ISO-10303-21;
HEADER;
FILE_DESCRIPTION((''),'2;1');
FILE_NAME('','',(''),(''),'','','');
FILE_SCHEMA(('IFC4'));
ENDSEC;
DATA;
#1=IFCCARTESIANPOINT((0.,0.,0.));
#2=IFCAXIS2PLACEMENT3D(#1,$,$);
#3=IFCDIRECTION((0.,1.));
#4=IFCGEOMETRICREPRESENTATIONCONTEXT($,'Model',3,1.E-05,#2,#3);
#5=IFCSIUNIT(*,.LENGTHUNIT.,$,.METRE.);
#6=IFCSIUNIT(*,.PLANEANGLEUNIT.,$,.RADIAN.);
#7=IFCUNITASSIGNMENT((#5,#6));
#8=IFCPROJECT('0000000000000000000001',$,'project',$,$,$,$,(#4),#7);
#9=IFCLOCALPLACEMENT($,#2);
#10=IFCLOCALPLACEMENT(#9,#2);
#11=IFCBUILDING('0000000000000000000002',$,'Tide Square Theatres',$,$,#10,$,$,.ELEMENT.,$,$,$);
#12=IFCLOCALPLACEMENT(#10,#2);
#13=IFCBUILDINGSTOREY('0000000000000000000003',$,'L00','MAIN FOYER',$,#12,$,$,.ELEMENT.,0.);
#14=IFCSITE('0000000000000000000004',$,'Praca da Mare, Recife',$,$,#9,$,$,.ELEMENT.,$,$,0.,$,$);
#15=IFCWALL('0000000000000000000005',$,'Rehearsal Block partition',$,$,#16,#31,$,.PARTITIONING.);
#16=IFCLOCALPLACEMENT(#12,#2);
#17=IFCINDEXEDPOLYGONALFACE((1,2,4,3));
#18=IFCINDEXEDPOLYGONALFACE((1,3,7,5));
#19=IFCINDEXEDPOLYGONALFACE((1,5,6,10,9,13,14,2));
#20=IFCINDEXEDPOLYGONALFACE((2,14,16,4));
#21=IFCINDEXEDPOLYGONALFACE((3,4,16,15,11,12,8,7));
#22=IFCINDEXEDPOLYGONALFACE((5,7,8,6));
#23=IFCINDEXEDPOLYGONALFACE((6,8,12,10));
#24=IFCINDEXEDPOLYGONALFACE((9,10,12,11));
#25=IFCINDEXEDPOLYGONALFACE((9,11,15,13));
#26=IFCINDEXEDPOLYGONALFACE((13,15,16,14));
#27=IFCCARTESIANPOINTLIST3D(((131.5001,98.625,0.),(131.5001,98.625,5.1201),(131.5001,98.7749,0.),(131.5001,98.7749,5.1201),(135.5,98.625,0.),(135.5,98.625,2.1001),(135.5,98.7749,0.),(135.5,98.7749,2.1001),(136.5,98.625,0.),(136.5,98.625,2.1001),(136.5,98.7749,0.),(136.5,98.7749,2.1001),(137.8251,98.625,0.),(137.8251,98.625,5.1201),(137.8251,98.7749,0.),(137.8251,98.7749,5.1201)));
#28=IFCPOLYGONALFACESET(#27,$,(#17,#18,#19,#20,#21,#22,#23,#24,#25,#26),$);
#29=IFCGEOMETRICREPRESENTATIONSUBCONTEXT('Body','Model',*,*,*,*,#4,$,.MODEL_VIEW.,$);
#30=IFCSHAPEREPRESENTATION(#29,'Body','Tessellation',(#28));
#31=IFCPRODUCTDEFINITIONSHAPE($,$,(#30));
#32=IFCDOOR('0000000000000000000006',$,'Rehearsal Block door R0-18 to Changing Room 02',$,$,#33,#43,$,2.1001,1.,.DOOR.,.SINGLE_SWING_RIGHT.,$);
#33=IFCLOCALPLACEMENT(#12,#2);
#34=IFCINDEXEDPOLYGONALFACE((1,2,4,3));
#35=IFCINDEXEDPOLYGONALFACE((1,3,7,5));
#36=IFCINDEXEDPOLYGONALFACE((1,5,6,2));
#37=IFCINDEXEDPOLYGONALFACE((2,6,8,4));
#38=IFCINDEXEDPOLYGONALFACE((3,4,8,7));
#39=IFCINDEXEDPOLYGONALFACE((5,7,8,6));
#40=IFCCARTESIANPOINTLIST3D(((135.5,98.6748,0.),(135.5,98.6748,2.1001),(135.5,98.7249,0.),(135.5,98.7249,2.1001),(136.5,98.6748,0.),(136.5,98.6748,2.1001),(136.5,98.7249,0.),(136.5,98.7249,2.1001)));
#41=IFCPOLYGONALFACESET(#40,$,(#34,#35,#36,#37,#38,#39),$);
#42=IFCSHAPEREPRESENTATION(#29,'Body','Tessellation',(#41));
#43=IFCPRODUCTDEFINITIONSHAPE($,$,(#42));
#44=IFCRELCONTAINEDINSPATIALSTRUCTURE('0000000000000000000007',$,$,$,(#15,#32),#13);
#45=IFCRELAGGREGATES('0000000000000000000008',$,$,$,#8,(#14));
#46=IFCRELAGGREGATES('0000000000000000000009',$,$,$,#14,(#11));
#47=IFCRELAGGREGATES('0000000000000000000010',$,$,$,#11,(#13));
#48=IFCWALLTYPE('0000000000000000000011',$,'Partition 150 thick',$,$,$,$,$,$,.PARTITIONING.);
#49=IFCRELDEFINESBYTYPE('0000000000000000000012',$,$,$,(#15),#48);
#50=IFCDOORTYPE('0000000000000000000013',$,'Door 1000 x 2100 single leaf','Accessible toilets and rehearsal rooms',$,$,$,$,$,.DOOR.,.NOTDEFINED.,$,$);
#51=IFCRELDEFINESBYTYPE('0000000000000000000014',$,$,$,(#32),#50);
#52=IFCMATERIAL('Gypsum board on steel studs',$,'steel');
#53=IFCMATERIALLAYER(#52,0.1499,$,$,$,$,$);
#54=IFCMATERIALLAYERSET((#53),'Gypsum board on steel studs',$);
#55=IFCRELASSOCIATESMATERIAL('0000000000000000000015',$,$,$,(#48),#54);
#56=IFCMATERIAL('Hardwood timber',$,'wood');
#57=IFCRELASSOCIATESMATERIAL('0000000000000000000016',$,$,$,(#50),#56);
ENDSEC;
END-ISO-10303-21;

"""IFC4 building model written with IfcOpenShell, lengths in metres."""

from ifc_helpers import new_model, si_unit, direction, frame, frame_2d, origin, place, context, subcontext, project, spatial, rectangle, extrude, material, layer, layer_set, type_object, element, fill, save


model = new_model("IFC4")

# Units and contexts
model_context = context("Model", 3, precision=1e-05, world=origin(), true_north=direction((0.0, 1.0)))
body_context = subcontext(model_context, "Body", "Model", "MODEL_VIEW")
ifc_project = project(units=[si_unit("LENGTHUNIT", "METRE"), si_unit("PLANEANGLEUNIT", "RADIAN")], contexts=[model_context])

# Site, building, storey
site_placement = place(None, origin())
site = spatial("IfcSite", under=ifc_project, at=site_placement, Name="Praca da Mare, Recife", CompositionType="ELEMENT", RefElevation=0.0)
building_placement = place(site_placement, origin())
building = spatial("IfcBuilding", under=site, at=building_placement, Name="Tide Square Theatres", CompositionType="ELEMENT")
storey_placement = place(building_placement, origin())
storey = spatial("IfcBuildingStorey", under=building, at=storey_placement, Name="L00", Description="MAIN FOYER", CompositionType="ELEMENT", Elevation=0.0)

# Shared definitions
ifc_material_1 = material(Name="Gypsum board on steel studs", Category="steel")
ifc_layer = layer(ifc_material_1, 0.1499)
ifc_layer_set = layer_set([ifc_layer], Name="Gypsum board on steel studs")
wall_type = type_object("IfcWallType", Name="Partition 150 thick", PredefinedType="PARTITIONING", material=ifc_layer_set)

# Shared definitions
ifc_material_2 = material(Name="Hardwood timber", Category="wood")
door_type_1 = type_object("IfcDoorType", Name="Door 1000 x 2100 single leaf", Description="Accessible toilets and rehearsal rooms", OperationType="NOTDEFINED", PredefinedType="DOOR", material=ifc_material_2)

# Wall, opening, door
wall_1_placement = place(storey_placement, frame((131.5, 98.7, 0.0), z_axis=(0.0, 0.0, 1.0), x_axis=(1.0, 0.0, 0.0)))
wall_1 = element("IfcWall", 1, at=wall_1_placement, inside=storey, type_object=wall_type, Name="Rehearsal Block partition", PredefinedType="PARTITIONING", context=body_context, shape_type="SweptSolid", body=[
    extrude(rectangle(XDim=6.325, YDim=0.1499, at=frame_2d((3.1626, 0.0))), origin(), (0.0, 0.0, 1.0), 5.1201),
])
opening_1_placement = place(wall_1_placement, frame((4.0, 0.0, 0.0)))
opening_1 = element("IfcOpeningElement", 2, at=opening_1_placement, cuts=wall_1, PredefinedType="OPENING", context=body_context, shape_type="SweptSolid", body=[
    extrude(rectangle(XDim=1.0, YDim=2.1001, at=frame_2d((0.5, 1.05))), frame((0.0, 0.085, 0.0), z_axis=(0.0, -1.0, 0.0), x_axis=(1.0, 0.0, 0.0)), (0.0, 0.0, 1.0), 0.1699),
])
door_1_placement = place(opening_1_placement, origin())
door_1 = element("IfcDoor", 3, at=door_1_placement, inside=storey, type_object=door_type_1, Name="Rehearsal Block door R0-18 to Changing Room 02", OperationType="SINGLE_SWING_RIGHT", OverallHeight=2.1001, OverallWidth=1.0, PredefinedType="DOOR", context=body_context, shape_type="SweptSolid", body=[
    extrude(rectangle(XDim=1.0, YDim=2.1001, at=frame_2d((0.5, 1.05))), frame((0.0, 0.0249, 0.0), z_axis=(0.0, -1.0, 0.0), x_axis=(1.0, 0.0, 0.0)), (0.0, 0.0, 1.0), 0.05),
])
fill(opening_1, door_1)

save(model, "model.ifc")
